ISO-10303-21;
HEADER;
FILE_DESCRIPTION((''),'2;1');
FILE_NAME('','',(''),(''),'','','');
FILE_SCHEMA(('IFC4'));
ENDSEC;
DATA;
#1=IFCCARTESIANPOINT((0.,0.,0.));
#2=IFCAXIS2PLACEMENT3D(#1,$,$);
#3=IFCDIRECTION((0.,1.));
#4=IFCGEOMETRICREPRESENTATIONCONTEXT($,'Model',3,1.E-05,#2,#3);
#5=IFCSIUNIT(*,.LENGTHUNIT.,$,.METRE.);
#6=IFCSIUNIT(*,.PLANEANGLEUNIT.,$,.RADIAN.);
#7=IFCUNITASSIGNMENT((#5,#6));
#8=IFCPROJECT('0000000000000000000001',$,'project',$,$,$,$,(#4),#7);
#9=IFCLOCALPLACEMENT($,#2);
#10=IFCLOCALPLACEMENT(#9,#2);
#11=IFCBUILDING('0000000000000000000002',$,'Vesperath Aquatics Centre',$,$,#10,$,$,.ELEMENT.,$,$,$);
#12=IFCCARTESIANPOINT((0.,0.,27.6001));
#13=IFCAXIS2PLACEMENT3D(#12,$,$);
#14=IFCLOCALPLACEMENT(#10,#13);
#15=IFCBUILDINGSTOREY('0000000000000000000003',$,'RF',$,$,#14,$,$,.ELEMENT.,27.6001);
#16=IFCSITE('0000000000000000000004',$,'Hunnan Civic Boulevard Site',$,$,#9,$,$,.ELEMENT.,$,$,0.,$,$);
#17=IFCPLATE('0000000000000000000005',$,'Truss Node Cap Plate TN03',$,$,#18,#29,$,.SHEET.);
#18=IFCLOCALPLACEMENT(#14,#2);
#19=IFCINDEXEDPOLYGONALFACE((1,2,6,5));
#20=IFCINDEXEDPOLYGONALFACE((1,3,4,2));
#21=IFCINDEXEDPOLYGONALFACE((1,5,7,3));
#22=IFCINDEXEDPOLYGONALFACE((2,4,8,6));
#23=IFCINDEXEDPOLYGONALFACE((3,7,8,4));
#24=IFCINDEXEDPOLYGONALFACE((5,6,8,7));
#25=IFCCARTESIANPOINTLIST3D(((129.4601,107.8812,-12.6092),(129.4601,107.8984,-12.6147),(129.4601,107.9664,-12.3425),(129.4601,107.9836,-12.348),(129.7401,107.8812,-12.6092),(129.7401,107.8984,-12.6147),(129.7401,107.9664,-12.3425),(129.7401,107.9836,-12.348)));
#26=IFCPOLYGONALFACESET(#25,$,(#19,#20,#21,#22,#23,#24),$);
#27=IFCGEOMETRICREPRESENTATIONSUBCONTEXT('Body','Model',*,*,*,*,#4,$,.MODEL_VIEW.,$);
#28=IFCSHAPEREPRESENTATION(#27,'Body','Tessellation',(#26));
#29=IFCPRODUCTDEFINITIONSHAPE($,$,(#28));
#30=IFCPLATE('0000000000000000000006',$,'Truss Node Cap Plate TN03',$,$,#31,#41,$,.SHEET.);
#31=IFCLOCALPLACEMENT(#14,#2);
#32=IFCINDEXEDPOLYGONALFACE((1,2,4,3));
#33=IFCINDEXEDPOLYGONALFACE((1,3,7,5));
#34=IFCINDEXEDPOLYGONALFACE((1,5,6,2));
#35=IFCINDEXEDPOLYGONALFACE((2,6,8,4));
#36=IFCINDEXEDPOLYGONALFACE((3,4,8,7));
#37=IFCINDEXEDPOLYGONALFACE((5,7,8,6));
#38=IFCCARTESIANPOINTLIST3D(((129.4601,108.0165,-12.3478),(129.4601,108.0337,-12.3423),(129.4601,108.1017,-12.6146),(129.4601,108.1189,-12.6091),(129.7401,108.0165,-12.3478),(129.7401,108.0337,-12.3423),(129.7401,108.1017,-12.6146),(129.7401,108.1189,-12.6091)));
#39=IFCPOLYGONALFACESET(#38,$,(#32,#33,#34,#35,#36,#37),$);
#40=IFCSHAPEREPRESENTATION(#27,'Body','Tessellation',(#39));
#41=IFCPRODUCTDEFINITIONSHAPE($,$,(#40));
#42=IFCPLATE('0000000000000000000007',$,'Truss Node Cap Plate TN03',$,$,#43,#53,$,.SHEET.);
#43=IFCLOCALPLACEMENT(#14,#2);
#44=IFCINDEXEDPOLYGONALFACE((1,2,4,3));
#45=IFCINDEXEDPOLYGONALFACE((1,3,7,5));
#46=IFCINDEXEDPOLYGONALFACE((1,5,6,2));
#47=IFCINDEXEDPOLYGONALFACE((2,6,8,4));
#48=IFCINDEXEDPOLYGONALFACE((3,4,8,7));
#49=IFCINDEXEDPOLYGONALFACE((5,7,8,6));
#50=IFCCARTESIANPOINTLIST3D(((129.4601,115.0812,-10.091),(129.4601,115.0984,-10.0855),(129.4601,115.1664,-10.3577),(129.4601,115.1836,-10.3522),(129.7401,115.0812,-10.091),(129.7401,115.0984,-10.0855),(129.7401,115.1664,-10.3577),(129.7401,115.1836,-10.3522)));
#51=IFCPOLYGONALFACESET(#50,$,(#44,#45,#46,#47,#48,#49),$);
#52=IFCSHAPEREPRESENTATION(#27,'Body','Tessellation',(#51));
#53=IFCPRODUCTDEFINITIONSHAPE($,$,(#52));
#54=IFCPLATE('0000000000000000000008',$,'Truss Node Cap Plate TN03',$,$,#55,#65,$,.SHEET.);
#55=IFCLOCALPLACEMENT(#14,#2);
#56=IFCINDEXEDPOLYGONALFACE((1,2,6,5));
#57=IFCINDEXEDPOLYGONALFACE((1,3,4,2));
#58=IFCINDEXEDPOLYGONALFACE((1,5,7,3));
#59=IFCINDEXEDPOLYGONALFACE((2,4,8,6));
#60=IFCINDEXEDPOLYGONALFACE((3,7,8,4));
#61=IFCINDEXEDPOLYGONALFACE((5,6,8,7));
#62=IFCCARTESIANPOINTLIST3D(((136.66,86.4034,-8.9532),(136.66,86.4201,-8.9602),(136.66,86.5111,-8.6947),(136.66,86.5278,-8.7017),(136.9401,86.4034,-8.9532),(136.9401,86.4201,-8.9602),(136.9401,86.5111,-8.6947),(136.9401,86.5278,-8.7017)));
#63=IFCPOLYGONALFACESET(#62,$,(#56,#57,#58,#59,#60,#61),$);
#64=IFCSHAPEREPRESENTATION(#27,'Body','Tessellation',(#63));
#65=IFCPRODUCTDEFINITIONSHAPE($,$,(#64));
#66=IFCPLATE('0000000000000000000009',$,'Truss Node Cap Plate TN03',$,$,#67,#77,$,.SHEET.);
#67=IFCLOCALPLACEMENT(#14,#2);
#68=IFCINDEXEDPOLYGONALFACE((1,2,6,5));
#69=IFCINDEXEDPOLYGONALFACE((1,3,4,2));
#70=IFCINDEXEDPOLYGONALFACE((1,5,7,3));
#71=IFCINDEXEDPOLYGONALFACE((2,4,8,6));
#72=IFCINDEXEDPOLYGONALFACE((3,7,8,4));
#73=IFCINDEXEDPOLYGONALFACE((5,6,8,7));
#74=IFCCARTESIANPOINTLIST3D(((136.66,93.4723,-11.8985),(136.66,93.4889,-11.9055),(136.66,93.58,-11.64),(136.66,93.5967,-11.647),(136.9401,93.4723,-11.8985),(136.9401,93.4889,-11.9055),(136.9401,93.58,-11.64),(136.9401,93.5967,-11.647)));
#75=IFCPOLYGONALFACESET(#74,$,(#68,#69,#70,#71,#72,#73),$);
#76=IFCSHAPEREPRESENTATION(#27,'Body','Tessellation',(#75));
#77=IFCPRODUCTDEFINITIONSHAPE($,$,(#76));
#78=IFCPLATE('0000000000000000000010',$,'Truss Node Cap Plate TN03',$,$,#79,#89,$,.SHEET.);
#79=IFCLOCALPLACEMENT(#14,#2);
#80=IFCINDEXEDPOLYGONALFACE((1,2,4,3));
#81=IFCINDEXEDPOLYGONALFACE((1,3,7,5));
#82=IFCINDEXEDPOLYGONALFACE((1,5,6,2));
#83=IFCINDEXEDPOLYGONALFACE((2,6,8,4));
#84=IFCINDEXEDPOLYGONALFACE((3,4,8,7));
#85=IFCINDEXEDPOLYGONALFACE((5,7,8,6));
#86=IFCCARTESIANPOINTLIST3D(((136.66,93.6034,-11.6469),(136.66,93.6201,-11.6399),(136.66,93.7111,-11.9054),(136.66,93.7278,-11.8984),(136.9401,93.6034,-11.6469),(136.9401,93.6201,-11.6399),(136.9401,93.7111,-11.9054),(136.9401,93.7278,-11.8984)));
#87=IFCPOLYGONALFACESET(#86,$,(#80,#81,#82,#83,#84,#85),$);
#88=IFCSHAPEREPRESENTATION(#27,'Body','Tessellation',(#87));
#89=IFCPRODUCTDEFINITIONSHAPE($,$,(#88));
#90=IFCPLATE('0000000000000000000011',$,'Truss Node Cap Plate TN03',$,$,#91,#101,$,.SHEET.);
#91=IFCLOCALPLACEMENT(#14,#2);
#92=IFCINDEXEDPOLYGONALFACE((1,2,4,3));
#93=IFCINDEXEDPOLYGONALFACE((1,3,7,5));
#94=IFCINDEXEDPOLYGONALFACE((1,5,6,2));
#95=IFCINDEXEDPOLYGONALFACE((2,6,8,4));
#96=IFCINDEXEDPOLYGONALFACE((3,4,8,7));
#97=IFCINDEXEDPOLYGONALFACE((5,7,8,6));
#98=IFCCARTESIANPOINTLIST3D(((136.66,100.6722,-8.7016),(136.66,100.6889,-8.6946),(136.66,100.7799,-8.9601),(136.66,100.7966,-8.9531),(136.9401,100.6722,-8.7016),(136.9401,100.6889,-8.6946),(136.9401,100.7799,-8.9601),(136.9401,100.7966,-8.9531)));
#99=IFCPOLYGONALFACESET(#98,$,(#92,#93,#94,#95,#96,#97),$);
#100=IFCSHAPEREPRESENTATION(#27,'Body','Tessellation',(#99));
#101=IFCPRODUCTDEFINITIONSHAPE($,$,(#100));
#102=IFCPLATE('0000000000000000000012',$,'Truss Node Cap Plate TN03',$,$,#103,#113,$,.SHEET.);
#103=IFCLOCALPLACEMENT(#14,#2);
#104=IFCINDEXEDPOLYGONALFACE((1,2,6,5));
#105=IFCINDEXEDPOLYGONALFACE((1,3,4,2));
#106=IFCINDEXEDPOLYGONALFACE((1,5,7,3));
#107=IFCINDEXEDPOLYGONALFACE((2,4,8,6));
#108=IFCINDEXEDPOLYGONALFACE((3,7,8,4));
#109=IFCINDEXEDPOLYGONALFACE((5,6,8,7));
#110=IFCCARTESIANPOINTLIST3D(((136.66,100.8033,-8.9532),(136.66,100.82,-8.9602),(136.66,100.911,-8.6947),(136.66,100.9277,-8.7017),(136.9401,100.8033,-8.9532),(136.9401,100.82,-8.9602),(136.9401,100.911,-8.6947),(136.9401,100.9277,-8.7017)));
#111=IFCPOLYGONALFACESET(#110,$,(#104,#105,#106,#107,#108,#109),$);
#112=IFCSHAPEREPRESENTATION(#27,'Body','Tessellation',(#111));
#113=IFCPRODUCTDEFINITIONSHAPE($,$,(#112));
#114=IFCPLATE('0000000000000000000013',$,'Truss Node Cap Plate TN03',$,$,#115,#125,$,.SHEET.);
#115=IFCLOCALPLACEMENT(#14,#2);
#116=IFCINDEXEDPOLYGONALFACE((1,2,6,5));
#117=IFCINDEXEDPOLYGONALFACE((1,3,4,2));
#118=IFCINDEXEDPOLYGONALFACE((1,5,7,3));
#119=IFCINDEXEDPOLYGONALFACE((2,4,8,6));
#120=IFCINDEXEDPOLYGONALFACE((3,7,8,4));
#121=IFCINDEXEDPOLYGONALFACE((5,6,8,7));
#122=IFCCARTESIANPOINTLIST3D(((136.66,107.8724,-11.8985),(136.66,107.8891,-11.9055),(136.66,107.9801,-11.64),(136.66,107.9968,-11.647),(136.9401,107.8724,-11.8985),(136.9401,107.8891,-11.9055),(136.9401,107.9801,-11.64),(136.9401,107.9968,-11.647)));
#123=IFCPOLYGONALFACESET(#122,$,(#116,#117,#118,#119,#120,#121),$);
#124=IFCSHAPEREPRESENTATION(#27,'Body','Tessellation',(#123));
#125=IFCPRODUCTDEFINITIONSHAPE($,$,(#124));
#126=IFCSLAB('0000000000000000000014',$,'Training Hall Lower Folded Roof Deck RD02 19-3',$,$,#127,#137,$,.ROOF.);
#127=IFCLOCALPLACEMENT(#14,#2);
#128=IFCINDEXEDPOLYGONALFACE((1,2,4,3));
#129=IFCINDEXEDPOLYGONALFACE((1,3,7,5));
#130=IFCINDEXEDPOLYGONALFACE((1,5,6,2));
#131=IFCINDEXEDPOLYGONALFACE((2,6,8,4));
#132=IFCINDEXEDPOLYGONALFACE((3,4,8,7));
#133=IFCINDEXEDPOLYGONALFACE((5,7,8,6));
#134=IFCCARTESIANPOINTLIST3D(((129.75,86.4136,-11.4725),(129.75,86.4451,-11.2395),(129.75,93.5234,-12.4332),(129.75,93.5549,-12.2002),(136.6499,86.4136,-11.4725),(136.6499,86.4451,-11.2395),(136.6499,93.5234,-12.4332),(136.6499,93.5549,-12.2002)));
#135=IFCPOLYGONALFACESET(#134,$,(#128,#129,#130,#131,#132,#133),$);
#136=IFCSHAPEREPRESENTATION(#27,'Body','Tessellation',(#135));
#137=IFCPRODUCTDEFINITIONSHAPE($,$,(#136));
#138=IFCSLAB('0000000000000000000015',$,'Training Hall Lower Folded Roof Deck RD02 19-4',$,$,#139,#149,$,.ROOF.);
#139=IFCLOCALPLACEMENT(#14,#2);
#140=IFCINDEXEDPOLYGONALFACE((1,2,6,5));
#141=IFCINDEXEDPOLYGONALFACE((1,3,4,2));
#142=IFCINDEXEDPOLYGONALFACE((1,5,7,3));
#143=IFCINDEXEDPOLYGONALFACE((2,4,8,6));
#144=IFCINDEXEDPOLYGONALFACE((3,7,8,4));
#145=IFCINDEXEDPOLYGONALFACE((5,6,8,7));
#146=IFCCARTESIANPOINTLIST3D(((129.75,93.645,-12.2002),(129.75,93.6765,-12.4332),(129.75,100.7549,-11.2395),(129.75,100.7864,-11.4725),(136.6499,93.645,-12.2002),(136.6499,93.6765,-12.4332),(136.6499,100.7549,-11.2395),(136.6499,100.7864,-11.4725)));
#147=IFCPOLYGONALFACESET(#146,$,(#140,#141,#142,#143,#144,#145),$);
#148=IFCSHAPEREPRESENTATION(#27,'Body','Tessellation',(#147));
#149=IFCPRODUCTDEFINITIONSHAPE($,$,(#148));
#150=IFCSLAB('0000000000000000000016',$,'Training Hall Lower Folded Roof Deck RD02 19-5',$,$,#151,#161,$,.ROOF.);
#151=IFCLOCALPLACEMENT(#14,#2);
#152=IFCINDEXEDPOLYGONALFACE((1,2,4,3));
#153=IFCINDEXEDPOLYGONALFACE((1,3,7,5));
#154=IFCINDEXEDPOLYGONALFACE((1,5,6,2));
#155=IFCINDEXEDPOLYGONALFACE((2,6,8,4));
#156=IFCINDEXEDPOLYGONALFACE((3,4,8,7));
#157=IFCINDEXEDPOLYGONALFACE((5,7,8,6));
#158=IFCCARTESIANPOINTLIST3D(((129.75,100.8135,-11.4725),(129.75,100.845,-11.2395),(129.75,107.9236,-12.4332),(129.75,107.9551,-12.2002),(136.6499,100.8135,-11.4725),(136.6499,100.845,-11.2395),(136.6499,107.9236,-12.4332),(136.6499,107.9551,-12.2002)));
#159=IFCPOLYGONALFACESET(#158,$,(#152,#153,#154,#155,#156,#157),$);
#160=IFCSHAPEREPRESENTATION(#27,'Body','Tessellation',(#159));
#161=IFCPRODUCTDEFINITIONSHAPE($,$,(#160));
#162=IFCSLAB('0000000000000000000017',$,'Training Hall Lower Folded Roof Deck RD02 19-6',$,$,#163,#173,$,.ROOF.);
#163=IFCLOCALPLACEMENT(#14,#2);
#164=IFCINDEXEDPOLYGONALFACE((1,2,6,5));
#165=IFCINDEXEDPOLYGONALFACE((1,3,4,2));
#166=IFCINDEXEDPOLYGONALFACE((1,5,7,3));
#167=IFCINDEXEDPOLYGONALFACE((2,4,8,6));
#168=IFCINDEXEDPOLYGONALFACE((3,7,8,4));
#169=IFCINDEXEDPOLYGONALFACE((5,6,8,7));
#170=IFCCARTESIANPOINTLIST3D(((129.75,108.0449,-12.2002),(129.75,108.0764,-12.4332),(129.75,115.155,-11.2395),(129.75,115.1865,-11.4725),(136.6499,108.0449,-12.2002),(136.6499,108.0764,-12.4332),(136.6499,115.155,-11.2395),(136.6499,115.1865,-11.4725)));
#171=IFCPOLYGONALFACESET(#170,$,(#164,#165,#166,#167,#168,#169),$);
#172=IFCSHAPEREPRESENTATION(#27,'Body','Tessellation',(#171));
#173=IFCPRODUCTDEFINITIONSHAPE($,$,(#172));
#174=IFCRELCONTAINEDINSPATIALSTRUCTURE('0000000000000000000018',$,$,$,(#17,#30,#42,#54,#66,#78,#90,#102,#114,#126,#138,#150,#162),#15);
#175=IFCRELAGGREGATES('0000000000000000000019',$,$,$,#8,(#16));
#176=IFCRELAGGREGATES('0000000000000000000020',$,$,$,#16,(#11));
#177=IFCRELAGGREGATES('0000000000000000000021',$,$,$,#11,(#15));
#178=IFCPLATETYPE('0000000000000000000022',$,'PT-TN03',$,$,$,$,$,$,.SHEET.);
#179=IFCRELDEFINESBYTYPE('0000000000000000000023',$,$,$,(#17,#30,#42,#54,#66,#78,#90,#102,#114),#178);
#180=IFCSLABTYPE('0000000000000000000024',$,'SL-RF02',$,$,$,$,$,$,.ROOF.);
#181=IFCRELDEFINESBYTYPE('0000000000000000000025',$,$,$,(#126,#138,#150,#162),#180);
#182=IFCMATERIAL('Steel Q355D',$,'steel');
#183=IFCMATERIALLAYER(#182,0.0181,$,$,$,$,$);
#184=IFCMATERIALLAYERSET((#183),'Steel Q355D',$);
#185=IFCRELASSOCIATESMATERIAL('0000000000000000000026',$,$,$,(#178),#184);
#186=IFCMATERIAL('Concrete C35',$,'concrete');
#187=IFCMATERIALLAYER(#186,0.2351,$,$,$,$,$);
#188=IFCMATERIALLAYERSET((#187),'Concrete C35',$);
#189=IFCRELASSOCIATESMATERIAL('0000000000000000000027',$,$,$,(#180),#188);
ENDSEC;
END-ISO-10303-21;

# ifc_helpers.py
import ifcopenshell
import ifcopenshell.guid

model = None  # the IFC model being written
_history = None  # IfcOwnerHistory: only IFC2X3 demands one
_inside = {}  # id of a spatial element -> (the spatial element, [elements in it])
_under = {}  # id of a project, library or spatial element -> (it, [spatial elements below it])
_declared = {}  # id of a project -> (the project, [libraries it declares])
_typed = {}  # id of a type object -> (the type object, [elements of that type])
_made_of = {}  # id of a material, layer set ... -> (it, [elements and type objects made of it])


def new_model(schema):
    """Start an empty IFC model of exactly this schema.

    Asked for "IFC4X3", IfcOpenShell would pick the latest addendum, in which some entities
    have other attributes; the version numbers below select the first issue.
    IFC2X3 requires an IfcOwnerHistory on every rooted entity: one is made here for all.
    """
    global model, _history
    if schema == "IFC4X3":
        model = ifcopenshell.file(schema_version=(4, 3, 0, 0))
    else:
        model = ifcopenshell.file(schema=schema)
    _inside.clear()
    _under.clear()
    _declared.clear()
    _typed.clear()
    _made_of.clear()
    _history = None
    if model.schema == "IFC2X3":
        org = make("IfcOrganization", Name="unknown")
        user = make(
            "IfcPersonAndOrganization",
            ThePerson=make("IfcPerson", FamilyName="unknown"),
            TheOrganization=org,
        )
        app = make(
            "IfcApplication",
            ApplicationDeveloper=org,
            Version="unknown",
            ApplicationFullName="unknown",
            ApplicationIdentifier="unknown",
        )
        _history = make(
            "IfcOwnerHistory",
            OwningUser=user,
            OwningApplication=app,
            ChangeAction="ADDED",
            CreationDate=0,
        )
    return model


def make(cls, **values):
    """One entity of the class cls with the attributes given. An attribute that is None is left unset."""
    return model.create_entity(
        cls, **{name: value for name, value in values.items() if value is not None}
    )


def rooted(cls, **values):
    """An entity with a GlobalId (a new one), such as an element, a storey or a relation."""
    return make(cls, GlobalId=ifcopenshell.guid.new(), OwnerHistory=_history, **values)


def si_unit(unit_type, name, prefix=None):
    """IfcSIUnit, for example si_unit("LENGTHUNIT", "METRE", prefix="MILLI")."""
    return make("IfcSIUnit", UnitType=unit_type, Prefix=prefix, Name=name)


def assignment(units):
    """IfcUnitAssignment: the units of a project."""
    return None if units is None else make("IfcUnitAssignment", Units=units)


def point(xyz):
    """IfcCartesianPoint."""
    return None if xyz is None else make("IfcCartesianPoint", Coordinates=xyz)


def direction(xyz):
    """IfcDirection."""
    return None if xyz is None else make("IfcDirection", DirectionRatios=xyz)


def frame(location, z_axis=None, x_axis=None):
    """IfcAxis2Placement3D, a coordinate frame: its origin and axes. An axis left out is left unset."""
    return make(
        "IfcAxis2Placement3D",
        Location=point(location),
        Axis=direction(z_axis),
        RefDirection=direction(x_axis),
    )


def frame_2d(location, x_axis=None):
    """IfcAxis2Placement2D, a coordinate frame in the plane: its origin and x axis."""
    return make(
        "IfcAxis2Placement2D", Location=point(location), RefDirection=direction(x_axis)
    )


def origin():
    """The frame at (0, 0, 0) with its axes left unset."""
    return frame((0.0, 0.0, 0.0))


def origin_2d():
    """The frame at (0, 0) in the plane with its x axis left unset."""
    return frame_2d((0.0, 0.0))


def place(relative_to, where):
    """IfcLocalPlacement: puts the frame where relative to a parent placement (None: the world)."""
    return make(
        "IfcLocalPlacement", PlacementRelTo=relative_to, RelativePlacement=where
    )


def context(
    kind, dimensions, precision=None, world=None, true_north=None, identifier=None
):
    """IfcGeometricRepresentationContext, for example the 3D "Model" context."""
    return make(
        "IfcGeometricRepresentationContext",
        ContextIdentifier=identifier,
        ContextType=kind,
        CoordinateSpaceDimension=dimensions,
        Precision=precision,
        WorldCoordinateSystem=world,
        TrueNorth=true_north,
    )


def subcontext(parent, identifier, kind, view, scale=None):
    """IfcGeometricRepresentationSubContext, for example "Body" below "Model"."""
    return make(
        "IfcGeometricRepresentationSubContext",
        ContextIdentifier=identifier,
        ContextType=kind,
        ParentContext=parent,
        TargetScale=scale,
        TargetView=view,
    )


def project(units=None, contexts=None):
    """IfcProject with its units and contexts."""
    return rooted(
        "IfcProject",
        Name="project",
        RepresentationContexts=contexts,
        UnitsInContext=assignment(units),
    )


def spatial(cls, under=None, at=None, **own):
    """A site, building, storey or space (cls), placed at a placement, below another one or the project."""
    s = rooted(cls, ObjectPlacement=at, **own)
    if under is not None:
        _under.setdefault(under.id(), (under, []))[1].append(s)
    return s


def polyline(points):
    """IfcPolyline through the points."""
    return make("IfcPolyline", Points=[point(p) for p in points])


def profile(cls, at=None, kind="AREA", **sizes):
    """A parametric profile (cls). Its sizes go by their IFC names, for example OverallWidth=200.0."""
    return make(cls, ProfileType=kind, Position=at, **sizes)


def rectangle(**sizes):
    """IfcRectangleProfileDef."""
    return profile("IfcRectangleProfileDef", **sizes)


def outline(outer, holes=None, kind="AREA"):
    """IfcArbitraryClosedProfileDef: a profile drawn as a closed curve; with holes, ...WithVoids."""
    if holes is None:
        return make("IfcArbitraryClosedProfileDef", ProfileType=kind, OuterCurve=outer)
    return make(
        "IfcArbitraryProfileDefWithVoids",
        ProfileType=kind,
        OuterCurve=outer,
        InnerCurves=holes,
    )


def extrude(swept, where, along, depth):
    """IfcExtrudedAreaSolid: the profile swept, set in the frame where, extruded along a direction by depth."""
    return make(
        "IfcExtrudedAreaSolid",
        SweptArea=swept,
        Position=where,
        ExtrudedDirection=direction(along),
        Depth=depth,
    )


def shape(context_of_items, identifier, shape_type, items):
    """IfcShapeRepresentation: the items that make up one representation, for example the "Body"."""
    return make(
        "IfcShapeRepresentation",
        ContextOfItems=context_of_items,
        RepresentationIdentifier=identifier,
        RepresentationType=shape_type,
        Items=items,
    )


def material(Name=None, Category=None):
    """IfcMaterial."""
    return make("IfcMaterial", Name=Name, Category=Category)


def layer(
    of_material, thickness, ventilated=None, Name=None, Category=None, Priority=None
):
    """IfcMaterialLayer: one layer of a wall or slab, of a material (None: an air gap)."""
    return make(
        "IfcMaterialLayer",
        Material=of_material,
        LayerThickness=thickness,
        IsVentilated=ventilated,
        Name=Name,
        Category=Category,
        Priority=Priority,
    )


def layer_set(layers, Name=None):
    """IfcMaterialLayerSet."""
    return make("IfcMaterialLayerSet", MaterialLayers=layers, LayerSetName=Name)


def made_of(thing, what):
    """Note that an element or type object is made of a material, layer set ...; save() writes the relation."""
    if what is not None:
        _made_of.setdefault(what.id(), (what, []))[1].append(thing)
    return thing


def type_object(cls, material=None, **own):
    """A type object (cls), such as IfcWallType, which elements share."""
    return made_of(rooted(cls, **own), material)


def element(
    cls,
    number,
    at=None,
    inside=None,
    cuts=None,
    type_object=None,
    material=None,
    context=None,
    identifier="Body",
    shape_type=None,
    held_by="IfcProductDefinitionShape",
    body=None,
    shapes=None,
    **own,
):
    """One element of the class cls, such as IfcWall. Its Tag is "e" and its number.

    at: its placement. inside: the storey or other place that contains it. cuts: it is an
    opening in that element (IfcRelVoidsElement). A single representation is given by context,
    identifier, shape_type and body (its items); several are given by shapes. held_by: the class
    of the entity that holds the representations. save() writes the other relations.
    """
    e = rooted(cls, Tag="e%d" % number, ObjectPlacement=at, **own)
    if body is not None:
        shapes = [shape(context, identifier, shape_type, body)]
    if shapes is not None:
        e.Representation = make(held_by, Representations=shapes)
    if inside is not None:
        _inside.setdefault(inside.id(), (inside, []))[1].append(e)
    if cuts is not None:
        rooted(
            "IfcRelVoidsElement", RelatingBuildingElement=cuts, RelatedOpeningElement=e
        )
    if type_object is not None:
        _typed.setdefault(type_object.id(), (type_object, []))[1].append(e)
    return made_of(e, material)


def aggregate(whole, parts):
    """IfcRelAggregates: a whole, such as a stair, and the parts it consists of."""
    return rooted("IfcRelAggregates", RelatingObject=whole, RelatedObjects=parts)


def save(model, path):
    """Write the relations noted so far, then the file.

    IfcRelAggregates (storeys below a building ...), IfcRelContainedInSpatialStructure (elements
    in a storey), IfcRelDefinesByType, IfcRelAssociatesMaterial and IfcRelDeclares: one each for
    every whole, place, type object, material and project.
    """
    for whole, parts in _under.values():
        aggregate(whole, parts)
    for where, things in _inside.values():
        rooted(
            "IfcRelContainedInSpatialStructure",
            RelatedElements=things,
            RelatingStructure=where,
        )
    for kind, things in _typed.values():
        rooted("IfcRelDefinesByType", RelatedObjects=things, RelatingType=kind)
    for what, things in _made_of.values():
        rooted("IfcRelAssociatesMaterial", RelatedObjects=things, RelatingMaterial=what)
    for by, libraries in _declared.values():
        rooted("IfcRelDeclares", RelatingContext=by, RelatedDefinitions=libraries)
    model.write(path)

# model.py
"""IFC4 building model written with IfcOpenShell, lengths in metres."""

from ifc_helpers import new_model, si_unit, direction, frame, origin, origin_2d, place, context, subcontext, project, spatial, polyline, rectangle, outline, extrude, material, layer, layer_set, type_object, element, save


model = new_model("IFC4")

# Units and contexts
model_context = context("Model", 3, precision=1e-05, world=origin(), true_north=direction((0.0, 1.0)))
body_context = subcontext(model_context, "Body", "Model", "MODEL_VIEW")
ifc_project = project(units=[si_unit("LENGTHUNIT", "METRE"), si_unit("PLANEANGLEUNIT", "RADIAN")], contexts=[model_context])

# Site, building, storey
site_placement = place(None, origin())
site = spatial("IfcSite", under=ifc_project, at=site_placement, Name="Hunnan Civic Boulevard Site", CompositionType="ELEMENT", RefElevation=0.0)
building_placement = place(site_placement, origin())
building = spatial("IfcBuilding", under=site, at=building_placement, Name="Vesperath Aquatics Centre", CompositionType="ELEMENT")
storey_placement = place(building_placement, frame((0.0, 0.0, 27.6001)))
storey = spatial("IfcBuildingStorey", under=building, at=storey_placement, Name="RF", CompositionType="ELEMENT", Elevation=27.6001)

# Shared definitions
ifc_material_1 = material(Name="Steel Q355D", Category="steel")

# Plates
ifc_layer_1 = layer(ifc_material_1, 0.0181)
ifc_layer_set_1 = layer_set([ifc_layer_1], Name="Steel Q355D")
plate_type = type_object("IfcPlateType", Name="PT-TN03", PredefinedType="SHEET", material=ifc_layer_set_1)
for number, where, z_axis, x_axis, name in (
    (1, (129.6001, 107.9238, -12.4758), (0.0, 0.952578, -0.304296), (-1.0, 0.0, 0.0), "Truss Node Cap Plate TN03"),
    (2, (129.6001, 108.0591, -12.4812), (0.0, 0.952578, 0.304296), (-1.0, 0.0, 0.0), "Truss Node Cap Plate TN03"),
    (3, (129.6001, 115.1238, -10.2244), (0.0, 0.952578, 0.304296), (-1.0, 0.0, 0.0), "Truss Node Cap Plate TN03"),
    (4, (136.8, 86.4573, -8.824), (0.0, 0.923077, -0.384615), (-1.0, 0.0, 0.0), "Truss Node Cap Plate TN03"),
    (5, (136.8, 93.5261, -11.7693), (0.0, 0.923077, -0.384615), (-1.0, 0.0, 0.0), "Truss Node Cap Plate TN03"),
    (6, (136.8, 93.6572, -11.7761), (0.0, 0.923077, 0.384615), (-1.0, 0.0, 0.0), "Truss Node Cap Plate TN03"),
    (7, (136.8, 100.7261, -8.8308), (0.0, 0.923077, 0.384615), (-1.0, 0.0, 0.0), "Truss Node Cap Plate TN03"),
    (8, (136.8, 100.8572, -8.824), (0.0, 0.923077, -0.384615), (-1.0, 0.0, 0.0), "Truss Node Cap Plate TN03"),
    (9, (136.8, 107.9263, -11.7693), (0.0, 0.923077, -0.384615), (-1.0, 0.0, 0.0), "Truss Node Cap Plate TN03"),
):
    element("IfcPlate", number, at=place(storey_placement, frame(where, z_axis=z_axis, x_axis=x_axis)), inside=storey, type_object=plate_type, Name=name, PredefinedType="SHEET", context=body_context, shape_type="SweptSolid", body=[
        extrude(rectangle(XDim=0.28, YDim=0.28, at=origin_2d()), origin(), (0.0, 0.0, 1.0), 0.0181),
    ])

# Slabs
ifc_material_2 = material(Name="Concrete C35", Category="concrete")
ifc_layer_2 = layer(ifc_material_2, 0.2351)
ifc_layer_set_2 = layer_set([ifc_layer_2], Name="Concrete C35")
slab_type = type_object("IfcSlabType", Name="SL-RF02", PredefinedType="ROOF", material=ifc_layer_set_2)
for number, where, z_axis, x_axis, name in (
    (10, (129.75, 86.4451, -11.2395), (0.0, 0.133904, 0.990994), (1.0, 0.0, 0.0), "Training Hall Lower Folded Roof Deck RD02 19-3"),
    (11, (129.75, 93.645, -12.2002), (0.0, -0.133904, 0.990994), (1.0, 0.0, 0.0), "Training Hall Lower Folded Roof Deck RD02 19-4"),
):
    element("IfcSlab", number, at=place(storey_placement, frame(where, z_axis=z_axis, x_axis=x_axis)), inside=storey, type_object=slab_type, Name=name, PredefinedType="ROOF", context=body_context, shape_type="SweptSolid", body=[
        extrude(outline(polyline([(0.0, 0.0), (6.8999, 0.0), (6.8999, 7.1745), (0.0, 7.1745), (0.0, 0.0)])), origin(), (0.0, 0.0, -1.0), 0.2351),
    ])
for number, where, z_axis, x_axis, name in (
    (12, (129.75, 100.845, -11.2395), (0.0, 0.1339, 0.990995), (1.0, 0.0, 0.0), "Training Hall Lower Folded Roof Deck RD02 19-5"),
    (13, (129.75, 108.0449, -12.2002), (0.0, -0.1339, 0.990995), (1.0, 0.0, 0.0), "Training Hall Lower Folded Roof Deck RD02 19-6"),
):
    element("IfcSlab", number, at=place(storey_placement, frame(where, z_axis=z_axis, x_axis=x_axis)), inside=storey, type_object=slab_type, Name=name, PredefinedType="ROOF", context=body_context, shape_type="SweptSolid", body=[
        extrude(outline(polyline([(0.0, 0.0), (6.8999, 0.0), (6.8999, 7.1747), (0.0, 7.1747), (0.0, 0.0)])), origin(), (0.0, 0.0, -1.0), 0.2351),
    ])

save(model, "model.ifc")
